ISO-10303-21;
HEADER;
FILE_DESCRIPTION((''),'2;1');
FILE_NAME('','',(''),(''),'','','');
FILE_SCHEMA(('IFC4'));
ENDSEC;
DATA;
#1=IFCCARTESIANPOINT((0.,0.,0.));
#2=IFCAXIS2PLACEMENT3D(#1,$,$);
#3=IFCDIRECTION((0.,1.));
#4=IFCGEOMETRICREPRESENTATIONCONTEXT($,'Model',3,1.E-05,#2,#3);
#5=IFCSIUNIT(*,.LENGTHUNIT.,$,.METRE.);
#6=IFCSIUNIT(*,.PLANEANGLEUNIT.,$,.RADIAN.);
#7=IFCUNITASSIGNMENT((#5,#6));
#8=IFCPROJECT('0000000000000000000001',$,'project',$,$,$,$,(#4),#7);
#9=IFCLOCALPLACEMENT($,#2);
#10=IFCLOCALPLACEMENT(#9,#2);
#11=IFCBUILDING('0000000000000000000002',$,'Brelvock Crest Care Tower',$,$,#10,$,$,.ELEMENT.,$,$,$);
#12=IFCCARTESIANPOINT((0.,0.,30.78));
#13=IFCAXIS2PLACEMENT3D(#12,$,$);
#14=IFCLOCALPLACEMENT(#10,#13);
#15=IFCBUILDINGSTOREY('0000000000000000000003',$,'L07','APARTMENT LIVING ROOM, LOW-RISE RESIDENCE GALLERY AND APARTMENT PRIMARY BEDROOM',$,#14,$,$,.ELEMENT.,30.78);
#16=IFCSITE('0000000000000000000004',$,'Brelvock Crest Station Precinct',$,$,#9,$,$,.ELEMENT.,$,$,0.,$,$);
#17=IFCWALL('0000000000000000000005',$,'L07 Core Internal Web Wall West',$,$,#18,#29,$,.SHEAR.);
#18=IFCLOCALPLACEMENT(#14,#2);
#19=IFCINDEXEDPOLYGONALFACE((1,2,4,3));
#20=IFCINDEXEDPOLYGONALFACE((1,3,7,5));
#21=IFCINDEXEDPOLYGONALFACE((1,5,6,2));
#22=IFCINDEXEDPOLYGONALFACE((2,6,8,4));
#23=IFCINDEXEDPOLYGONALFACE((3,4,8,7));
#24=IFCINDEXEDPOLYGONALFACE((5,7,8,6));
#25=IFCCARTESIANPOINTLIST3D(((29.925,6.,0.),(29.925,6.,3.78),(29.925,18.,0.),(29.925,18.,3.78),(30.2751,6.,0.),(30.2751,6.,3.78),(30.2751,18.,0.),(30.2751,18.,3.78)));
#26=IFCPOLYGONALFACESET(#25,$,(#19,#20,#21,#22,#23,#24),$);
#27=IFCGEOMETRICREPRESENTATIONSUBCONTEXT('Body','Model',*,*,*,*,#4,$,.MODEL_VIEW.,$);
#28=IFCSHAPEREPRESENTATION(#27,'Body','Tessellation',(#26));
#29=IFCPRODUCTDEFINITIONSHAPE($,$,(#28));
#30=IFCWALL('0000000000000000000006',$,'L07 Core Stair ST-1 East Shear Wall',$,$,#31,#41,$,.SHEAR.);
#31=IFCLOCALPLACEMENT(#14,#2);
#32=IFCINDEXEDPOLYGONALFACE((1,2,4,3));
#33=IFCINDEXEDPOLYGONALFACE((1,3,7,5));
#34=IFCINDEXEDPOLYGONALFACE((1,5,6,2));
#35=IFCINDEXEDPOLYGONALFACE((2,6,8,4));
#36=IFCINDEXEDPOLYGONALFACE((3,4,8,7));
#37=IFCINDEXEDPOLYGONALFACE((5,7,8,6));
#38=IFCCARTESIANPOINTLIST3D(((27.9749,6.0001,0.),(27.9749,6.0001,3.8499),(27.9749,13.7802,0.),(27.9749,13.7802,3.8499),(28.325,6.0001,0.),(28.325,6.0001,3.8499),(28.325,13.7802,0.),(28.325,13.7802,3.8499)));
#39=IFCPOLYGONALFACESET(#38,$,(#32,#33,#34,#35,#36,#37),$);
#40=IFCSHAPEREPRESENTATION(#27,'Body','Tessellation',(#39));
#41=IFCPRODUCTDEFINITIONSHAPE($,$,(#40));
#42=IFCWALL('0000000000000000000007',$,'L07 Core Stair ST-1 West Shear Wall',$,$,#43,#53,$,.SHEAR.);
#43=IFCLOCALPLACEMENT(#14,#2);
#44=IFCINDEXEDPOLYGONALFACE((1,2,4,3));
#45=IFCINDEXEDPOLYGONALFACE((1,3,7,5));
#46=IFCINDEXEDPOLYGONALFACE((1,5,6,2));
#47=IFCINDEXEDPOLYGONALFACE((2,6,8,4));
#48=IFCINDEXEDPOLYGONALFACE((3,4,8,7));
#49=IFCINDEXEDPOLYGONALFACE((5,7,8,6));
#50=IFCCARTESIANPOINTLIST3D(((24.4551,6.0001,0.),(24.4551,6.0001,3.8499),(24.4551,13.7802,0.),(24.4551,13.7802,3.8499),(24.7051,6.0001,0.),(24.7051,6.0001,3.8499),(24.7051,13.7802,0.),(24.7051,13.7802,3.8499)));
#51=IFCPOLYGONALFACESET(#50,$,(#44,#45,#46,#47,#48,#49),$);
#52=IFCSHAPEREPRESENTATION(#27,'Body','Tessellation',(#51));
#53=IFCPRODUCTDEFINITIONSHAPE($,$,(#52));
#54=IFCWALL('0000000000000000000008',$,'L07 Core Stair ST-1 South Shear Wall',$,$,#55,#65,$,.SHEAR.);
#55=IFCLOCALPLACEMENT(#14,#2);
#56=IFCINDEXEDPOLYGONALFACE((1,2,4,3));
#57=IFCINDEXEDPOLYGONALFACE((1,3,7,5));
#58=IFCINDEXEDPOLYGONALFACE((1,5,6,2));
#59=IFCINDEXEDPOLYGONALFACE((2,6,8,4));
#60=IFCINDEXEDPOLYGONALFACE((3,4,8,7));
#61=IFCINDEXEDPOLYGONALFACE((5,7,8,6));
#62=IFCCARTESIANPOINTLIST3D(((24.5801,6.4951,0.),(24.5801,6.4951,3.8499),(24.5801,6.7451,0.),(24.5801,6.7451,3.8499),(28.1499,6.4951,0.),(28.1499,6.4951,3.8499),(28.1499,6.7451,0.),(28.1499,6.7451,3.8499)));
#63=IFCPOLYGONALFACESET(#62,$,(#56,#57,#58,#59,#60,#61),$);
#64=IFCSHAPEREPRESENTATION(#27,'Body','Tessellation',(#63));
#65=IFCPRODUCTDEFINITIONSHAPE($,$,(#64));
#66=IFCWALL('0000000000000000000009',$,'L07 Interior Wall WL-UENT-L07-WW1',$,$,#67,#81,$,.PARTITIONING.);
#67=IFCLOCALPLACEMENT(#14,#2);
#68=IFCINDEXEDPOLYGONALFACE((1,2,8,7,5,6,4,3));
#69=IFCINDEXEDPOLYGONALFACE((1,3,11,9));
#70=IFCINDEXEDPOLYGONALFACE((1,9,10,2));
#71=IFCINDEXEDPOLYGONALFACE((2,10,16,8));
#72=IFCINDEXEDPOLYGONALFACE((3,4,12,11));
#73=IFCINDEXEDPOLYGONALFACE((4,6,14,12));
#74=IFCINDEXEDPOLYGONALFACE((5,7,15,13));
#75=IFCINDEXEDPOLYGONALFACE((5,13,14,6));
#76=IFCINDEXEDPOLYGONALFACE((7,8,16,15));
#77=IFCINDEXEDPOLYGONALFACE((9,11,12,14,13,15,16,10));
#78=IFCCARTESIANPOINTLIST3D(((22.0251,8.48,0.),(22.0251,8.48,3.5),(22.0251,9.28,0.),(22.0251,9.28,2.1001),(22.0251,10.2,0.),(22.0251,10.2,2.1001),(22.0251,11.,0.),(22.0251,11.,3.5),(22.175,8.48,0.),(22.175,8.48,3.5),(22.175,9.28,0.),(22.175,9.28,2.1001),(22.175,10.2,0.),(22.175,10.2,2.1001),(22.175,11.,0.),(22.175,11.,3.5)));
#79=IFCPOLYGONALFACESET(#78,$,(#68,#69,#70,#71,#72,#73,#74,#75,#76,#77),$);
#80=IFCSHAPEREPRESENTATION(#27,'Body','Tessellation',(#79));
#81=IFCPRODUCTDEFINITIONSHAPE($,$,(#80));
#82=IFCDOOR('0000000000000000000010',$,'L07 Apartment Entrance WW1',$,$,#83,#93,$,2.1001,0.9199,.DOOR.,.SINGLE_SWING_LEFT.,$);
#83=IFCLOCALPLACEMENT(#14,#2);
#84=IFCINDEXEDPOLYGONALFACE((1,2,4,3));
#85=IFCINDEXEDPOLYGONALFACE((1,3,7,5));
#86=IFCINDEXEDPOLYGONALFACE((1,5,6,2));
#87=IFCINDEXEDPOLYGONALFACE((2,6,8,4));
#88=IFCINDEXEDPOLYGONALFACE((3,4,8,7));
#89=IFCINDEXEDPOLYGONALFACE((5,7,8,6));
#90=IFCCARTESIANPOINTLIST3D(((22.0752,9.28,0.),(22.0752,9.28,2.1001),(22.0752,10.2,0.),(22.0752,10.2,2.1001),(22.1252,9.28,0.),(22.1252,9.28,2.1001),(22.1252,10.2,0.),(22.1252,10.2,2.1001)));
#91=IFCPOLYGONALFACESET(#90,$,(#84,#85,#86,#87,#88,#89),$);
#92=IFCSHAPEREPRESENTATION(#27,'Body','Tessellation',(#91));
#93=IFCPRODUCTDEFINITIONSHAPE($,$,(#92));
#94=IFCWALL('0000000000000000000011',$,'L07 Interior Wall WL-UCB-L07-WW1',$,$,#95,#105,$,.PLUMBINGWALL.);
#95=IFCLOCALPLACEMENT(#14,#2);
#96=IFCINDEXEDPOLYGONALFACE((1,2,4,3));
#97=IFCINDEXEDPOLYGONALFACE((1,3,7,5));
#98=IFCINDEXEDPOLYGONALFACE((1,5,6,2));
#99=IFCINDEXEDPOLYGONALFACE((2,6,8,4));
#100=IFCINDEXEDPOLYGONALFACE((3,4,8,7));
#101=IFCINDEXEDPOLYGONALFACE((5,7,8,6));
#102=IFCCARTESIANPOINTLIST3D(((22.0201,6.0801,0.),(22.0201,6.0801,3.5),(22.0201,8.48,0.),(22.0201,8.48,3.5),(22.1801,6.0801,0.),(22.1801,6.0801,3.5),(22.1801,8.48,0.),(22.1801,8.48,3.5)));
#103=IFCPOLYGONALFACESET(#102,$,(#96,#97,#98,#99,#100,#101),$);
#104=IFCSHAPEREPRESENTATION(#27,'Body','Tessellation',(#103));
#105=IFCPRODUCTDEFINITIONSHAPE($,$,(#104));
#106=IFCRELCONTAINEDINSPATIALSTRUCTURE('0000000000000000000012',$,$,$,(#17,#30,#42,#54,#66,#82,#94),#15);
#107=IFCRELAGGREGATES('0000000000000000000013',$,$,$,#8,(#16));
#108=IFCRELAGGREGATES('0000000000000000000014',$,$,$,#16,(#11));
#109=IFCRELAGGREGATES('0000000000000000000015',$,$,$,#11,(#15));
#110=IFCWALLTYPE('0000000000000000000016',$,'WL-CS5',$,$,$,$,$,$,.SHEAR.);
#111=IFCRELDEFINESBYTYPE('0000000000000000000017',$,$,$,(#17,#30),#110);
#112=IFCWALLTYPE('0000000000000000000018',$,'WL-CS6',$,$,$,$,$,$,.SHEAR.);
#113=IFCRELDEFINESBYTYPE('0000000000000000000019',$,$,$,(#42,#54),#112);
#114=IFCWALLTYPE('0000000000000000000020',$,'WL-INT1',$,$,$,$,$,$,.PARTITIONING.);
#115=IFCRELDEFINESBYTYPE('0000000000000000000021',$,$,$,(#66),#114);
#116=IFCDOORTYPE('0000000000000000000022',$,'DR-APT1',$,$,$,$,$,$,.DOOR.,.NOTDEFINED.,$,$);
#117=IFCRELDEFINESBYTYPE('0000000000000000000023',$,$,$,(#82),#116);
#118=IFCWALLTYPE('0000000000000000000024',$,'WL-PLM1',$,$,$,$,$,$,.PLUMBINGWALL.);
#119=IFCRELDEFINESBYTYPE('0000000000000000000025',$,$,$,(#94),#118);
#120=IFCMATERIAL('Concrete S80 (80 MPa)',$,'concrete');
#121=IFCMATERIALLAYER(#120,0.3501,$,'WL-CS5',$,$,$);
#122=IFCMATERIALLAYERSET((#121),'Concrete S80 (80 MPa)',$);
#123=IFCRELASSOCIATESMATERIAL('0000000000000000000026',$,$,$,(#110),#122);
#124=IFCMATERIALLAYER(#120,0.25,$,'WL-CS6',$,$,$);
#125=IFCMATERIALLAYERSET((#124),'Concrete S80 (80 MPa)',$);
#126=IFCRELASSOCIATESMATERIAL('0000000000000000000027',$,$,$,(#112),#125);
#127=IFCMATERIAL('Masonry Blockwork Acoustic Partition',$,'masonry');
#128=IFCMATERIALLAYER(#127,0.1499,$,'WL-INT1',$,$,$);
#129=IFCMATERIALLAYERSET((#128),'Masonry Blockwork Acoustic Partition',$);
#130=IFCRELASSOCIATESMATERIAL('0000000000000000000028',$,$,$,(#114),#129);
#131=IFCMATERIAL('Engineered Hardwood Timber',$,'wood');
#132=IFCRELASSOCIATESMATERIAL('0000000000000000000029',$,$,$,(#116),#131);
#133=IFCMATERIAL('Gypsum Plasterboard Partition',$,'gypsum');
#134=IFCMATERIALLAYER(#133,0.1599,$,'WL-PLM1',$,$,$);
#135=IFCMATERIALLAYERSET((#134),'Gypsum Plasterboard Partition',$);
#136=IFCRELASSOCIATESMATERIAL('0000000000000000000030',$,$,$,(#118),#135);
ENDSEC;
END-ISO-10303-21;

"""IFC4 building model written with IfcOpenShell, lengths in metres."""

from ifc_helpers import new_model, si_unit, direction, frame, frame_2d, origin, origin_2d, place, context, subcontext, project, spatial, rectangle, extrude, source, transform, mapped, material, layer, layer_set, type_object, element, fill, save


model = new_model("IFC4")

# Units and contexts
model_context = context("Model", 3, precision=1e-05, world=origin(), true_north=direction((0.0, 1.0)))
body_context = subcontext(model_context, "Body", "Model", "MODEL_VIEW")
ifc_project = project(units=[si_unit("LENGTHUNIT", "METRE"), si_unit("PLANEANGLEUNIT", "RADIAN")], contexts=[model_context])

# Site, building, storey
site_placement = place(None, origin())
site = spatial("IfcSite", under=ifc_project, at=site_placement, Name="Brelvock Crest Station Precinct", CompositionType="ELEMENT", RefElevation=0.0)
building_placement = place(site_placement, origin())
building = spatial("IfcBuilding", under=site, at=building_placement, Name="Brelvock Crest Care Tower", CompositionType="ELEMENT")
storey_placement = place(building_placement, frame((0.0, 0.0, 30.78)))
storey = spatial("IfcBuildingStorey", under=building, at=storey_placement, Name="L07", Description="APARTMENT LIVING ROOM, LOW-RISE RESIDENCE GALLERY AND APARTMENT PRIMARY BEDROOM", CompositionType="ELEMENT", Elevation=30.78)

# Shared definitions
ifc_material_1 = material(Name="Concrete S80 (80 MPa)", Category="concrete")

# Walls
ifc_layer_1 = layer(ifc_material_1, 0.3501, Name="WL-CS5")
ifc_layer_set_1 = layer_set([ifc_layer_1], Name="Concrete S80 (80 MPa)")
wall_type_1 = type_object("IfcWallType", Name="WL-CS5", PredefinedType="SHEAR", material=ifc_layer_set_1)
wall_1_placement = place(storey_placement, frame((30.1001, 6.0, 0.0), z_axis=(0.0, 0.0, 1.0), x_axis=(0.0, 1.0, 0.0)))
element("IfcWall", 1, at=wall_1_placement, inside=storey, type_object=wall_type_1, Name="L07 Core Internal Web Wall West", PredefinedType="SHEAR", context=body_context, shape_type="SweptSolid", body=[
    extrude(rectangle(XDim=12.0, YDim=0.3501, at=frame_2d((6.0, 0.0))), origin(), (0.0, 0.0, 1.0), 3.78),
])
wall_2_placement = place(storey_placement, frame((28.1499, 6.0, 0.0), z_axis=(0.0, 0.0, 1.0), x_axis=(0.0, 1.0, 0.0)))
element("IfcWall", 2, at=wall_2_placement, inside=storey, type_object=wall_type_1, Name="L07 Core Stair ST-1 East Shear Wall", PredefinedType="SHEAR", context=body_context, shape_type="SweptSolid", body=[
    extrude(rectangle(XDim=7.78, YDim=0.3501, at=frame_2d((3.8901, 0.0))), origin(), (0.0, 0.0, 1.0), 3.8499),
])
ifc_layer_2 = layer(ifc_material_1, 0.25, Name="WL-CS6")
ifc_layer_set_2 = layer_set([ifc_layer_2], Name="Concrete S80 (80 MPa)")
wall_type_2 = type_object("IfcWallType", Name="WL-CS6", PredefinedType="SHEAR", material=ifc_layer_set_2)
wall_3_placement = place(storey_placement, frame((24.5801, 6.0, 0.0), z_axis=(0.0, 0.0, 1.0), x_axis=(0.0, 1.0, 0.0)))
element("IfcWall", 3, at=wall_3_placement, inside=storey, type_object=wall_type_2, Name="L07 Core Stair ST-1 West Shear Wall", PredefinedType="SHEAR", context=body_context, shape_type="SweptSolid", body=[
    extrude(rectangle(XDim=7.78, YDim=0.25, at=frame_2d((3.8901, 0.0))), origin(), (0.0, 0.0, 1.0), 3.8499),
])
wall_4_placement = place(storey_placement, frame((24.5801, 6.6201, 0.0), z_axis=(0.0, 0.0, 1.0), x_axis=(1.0, 0.0, 0.0)))
element("IfcWall", 4, at=wall_4_placement, inside=storey, type_object=wall_type_2, Name="L07 Core Stair ST-1 South Shear Wall", PredefinedType="SHEAR", context=body_context, shape_type="SweptSolid", body=[
    extrude(rectangle(XDim=3.5698, YDim=0.25, at=frame_2d((1.7849, 0.0))), origin(), (0.0, 0.0, 1.0), 3.8499),
])

# Wall, opening, door
ifc_material_2 = material(Name="Masonry Blockwork Acoustic Partition", Category="masonry")
ifc_layer_3 = layer(ifc_material_2, 0.1499, Name="WL-INT1")
ifc_layer_set_3 = layer_set([ifc_layer_3], Name="Masonry Blockwork Acoustic Partition")
wall_type_3 = type_object("IfcWallType", Name="WL-INT1", PredefinedType="PARTITIONING", material=ifc_layer_set_3)
wall_5_placement = place(storey_placement, frame((22.1001, 8.48, 0.0), z_axis=(0.0, 0.0, 1.0), x_axis=(0.0, 1.0, 0.0)))
wall_5 = element("IfcWall", 5, at=wall_5_placement, inside=storey, type_object=wall_type_3, Name="L07 Interior Wall WL-UENT-L07-WW1", PredefinedType="PARTITIONING", context=body_context, shape_type="SweptSolid", body=[
    extrude(rectangle(XDim=2.52, YDim=0.1499, at=frame_2d((1.26, 0.0))), origin(), (0.0, 0.0, 1.0), 3.5),
])
opening_placement = place(wall_5_placement, frame((0.8, 0.0, 0.0)))
opening = element("IfcOpeningElement", 6, at=opening_placement, cuts=wall_5, PredefinedType="OPENING", context=body_context, shape_type="SweptSolid", body=[
    extrude(rectangle(XDim=0.9199, YDim=2.1001, at=origin_2d()), frame((0.46, 0.085, 1.05), z_axis=(0.0, -1.0, 0.0), x_axis=(1.0, 0.0, 0.0)), (0.0, 0.0, 1.0), 0.1699),
])
ifc_material_3 = material(Name="Engineered Hardwood Timber", Category="wood")
door_type = type_object("IfcDoorType", Name="DR-APT1", OperationType="NOTDEFINED", PredefinedType="DOOR", material=ifc_material_3)
shared_shape_1 = source(origin(), body_context, "Body", "SweptSolid", [
    extrude(rectangle(XDim=0.9199, YDim=2.1001, at=origin_2d()), frame((0.46, 0.0249, 1.05), z_axis=(0.0, -1.0, 0.0), x_axis=(1.0, 0.0, 0.0)), (0.0, 0.0, 1.0), 0.05),
])
door_placement = place(opening_placement, origin())
door = element("IfcDoor", 7, at=door_placement, inside=storey, type_object=door_type, Name="L07 Apartment Entrance WW1", OperationType="SINGLE_SWING_LEFT", OverallHeight=2.1001, OverallWidth=0.9199, PredefinedType="DOOR", context=body_context, shape_type="MappedRepresentation", body=[
    mapped(shared_shape_1, transform((0.0, 0.0, 0.0), x_axis=(1.0, 0.0, 0.0), y_axis=(0.0, 1.0, 0.0), z_axis=(0.0, 0.0, 1.0), scale=1.0)),
])
fill(opening, door)

# Wall
ifc_material_4 = material(Name="Gypsum Plasterboard Partition", Category="gypsum")
ifc_layer_4 = layer(ifc_material_4, 0.1599, Name="WL-PLM1")
ifc_layer_set_4 = layer_set([ifc_layer_4], Name="Gypsum Plasterboard Partition")
wall_type_4 = type_object("IfcWallType", Name="WL-PLM1", PredefinedType="PLUMBINGWALL", material=ifc_layer_set_4)
wall_6_placement = place(storey_placement, frame((22.1001, 6.0801, 0.0), z_axis=(0.0, 0.0, 1.0), x_axis=(0.0, 1.0, 0.0)))
element("IfcWall", 8, at=wall_6_placement, inside=storey, type_object=wall_type_4, Name="L07 Interior Wall WL-UCB-L07-WW1", PredefinedType="PLUMBINGWALL", context=body_context, shape_type="SweptSolid", body=[
    extrude(rectangle(XDim=2.3999, YDim=0.1599, at=frame_2d((1.2, 0.0))), origin(), (0.0, 0.0, 1.0), 3.5),
])

save(model, "model.ifc")
